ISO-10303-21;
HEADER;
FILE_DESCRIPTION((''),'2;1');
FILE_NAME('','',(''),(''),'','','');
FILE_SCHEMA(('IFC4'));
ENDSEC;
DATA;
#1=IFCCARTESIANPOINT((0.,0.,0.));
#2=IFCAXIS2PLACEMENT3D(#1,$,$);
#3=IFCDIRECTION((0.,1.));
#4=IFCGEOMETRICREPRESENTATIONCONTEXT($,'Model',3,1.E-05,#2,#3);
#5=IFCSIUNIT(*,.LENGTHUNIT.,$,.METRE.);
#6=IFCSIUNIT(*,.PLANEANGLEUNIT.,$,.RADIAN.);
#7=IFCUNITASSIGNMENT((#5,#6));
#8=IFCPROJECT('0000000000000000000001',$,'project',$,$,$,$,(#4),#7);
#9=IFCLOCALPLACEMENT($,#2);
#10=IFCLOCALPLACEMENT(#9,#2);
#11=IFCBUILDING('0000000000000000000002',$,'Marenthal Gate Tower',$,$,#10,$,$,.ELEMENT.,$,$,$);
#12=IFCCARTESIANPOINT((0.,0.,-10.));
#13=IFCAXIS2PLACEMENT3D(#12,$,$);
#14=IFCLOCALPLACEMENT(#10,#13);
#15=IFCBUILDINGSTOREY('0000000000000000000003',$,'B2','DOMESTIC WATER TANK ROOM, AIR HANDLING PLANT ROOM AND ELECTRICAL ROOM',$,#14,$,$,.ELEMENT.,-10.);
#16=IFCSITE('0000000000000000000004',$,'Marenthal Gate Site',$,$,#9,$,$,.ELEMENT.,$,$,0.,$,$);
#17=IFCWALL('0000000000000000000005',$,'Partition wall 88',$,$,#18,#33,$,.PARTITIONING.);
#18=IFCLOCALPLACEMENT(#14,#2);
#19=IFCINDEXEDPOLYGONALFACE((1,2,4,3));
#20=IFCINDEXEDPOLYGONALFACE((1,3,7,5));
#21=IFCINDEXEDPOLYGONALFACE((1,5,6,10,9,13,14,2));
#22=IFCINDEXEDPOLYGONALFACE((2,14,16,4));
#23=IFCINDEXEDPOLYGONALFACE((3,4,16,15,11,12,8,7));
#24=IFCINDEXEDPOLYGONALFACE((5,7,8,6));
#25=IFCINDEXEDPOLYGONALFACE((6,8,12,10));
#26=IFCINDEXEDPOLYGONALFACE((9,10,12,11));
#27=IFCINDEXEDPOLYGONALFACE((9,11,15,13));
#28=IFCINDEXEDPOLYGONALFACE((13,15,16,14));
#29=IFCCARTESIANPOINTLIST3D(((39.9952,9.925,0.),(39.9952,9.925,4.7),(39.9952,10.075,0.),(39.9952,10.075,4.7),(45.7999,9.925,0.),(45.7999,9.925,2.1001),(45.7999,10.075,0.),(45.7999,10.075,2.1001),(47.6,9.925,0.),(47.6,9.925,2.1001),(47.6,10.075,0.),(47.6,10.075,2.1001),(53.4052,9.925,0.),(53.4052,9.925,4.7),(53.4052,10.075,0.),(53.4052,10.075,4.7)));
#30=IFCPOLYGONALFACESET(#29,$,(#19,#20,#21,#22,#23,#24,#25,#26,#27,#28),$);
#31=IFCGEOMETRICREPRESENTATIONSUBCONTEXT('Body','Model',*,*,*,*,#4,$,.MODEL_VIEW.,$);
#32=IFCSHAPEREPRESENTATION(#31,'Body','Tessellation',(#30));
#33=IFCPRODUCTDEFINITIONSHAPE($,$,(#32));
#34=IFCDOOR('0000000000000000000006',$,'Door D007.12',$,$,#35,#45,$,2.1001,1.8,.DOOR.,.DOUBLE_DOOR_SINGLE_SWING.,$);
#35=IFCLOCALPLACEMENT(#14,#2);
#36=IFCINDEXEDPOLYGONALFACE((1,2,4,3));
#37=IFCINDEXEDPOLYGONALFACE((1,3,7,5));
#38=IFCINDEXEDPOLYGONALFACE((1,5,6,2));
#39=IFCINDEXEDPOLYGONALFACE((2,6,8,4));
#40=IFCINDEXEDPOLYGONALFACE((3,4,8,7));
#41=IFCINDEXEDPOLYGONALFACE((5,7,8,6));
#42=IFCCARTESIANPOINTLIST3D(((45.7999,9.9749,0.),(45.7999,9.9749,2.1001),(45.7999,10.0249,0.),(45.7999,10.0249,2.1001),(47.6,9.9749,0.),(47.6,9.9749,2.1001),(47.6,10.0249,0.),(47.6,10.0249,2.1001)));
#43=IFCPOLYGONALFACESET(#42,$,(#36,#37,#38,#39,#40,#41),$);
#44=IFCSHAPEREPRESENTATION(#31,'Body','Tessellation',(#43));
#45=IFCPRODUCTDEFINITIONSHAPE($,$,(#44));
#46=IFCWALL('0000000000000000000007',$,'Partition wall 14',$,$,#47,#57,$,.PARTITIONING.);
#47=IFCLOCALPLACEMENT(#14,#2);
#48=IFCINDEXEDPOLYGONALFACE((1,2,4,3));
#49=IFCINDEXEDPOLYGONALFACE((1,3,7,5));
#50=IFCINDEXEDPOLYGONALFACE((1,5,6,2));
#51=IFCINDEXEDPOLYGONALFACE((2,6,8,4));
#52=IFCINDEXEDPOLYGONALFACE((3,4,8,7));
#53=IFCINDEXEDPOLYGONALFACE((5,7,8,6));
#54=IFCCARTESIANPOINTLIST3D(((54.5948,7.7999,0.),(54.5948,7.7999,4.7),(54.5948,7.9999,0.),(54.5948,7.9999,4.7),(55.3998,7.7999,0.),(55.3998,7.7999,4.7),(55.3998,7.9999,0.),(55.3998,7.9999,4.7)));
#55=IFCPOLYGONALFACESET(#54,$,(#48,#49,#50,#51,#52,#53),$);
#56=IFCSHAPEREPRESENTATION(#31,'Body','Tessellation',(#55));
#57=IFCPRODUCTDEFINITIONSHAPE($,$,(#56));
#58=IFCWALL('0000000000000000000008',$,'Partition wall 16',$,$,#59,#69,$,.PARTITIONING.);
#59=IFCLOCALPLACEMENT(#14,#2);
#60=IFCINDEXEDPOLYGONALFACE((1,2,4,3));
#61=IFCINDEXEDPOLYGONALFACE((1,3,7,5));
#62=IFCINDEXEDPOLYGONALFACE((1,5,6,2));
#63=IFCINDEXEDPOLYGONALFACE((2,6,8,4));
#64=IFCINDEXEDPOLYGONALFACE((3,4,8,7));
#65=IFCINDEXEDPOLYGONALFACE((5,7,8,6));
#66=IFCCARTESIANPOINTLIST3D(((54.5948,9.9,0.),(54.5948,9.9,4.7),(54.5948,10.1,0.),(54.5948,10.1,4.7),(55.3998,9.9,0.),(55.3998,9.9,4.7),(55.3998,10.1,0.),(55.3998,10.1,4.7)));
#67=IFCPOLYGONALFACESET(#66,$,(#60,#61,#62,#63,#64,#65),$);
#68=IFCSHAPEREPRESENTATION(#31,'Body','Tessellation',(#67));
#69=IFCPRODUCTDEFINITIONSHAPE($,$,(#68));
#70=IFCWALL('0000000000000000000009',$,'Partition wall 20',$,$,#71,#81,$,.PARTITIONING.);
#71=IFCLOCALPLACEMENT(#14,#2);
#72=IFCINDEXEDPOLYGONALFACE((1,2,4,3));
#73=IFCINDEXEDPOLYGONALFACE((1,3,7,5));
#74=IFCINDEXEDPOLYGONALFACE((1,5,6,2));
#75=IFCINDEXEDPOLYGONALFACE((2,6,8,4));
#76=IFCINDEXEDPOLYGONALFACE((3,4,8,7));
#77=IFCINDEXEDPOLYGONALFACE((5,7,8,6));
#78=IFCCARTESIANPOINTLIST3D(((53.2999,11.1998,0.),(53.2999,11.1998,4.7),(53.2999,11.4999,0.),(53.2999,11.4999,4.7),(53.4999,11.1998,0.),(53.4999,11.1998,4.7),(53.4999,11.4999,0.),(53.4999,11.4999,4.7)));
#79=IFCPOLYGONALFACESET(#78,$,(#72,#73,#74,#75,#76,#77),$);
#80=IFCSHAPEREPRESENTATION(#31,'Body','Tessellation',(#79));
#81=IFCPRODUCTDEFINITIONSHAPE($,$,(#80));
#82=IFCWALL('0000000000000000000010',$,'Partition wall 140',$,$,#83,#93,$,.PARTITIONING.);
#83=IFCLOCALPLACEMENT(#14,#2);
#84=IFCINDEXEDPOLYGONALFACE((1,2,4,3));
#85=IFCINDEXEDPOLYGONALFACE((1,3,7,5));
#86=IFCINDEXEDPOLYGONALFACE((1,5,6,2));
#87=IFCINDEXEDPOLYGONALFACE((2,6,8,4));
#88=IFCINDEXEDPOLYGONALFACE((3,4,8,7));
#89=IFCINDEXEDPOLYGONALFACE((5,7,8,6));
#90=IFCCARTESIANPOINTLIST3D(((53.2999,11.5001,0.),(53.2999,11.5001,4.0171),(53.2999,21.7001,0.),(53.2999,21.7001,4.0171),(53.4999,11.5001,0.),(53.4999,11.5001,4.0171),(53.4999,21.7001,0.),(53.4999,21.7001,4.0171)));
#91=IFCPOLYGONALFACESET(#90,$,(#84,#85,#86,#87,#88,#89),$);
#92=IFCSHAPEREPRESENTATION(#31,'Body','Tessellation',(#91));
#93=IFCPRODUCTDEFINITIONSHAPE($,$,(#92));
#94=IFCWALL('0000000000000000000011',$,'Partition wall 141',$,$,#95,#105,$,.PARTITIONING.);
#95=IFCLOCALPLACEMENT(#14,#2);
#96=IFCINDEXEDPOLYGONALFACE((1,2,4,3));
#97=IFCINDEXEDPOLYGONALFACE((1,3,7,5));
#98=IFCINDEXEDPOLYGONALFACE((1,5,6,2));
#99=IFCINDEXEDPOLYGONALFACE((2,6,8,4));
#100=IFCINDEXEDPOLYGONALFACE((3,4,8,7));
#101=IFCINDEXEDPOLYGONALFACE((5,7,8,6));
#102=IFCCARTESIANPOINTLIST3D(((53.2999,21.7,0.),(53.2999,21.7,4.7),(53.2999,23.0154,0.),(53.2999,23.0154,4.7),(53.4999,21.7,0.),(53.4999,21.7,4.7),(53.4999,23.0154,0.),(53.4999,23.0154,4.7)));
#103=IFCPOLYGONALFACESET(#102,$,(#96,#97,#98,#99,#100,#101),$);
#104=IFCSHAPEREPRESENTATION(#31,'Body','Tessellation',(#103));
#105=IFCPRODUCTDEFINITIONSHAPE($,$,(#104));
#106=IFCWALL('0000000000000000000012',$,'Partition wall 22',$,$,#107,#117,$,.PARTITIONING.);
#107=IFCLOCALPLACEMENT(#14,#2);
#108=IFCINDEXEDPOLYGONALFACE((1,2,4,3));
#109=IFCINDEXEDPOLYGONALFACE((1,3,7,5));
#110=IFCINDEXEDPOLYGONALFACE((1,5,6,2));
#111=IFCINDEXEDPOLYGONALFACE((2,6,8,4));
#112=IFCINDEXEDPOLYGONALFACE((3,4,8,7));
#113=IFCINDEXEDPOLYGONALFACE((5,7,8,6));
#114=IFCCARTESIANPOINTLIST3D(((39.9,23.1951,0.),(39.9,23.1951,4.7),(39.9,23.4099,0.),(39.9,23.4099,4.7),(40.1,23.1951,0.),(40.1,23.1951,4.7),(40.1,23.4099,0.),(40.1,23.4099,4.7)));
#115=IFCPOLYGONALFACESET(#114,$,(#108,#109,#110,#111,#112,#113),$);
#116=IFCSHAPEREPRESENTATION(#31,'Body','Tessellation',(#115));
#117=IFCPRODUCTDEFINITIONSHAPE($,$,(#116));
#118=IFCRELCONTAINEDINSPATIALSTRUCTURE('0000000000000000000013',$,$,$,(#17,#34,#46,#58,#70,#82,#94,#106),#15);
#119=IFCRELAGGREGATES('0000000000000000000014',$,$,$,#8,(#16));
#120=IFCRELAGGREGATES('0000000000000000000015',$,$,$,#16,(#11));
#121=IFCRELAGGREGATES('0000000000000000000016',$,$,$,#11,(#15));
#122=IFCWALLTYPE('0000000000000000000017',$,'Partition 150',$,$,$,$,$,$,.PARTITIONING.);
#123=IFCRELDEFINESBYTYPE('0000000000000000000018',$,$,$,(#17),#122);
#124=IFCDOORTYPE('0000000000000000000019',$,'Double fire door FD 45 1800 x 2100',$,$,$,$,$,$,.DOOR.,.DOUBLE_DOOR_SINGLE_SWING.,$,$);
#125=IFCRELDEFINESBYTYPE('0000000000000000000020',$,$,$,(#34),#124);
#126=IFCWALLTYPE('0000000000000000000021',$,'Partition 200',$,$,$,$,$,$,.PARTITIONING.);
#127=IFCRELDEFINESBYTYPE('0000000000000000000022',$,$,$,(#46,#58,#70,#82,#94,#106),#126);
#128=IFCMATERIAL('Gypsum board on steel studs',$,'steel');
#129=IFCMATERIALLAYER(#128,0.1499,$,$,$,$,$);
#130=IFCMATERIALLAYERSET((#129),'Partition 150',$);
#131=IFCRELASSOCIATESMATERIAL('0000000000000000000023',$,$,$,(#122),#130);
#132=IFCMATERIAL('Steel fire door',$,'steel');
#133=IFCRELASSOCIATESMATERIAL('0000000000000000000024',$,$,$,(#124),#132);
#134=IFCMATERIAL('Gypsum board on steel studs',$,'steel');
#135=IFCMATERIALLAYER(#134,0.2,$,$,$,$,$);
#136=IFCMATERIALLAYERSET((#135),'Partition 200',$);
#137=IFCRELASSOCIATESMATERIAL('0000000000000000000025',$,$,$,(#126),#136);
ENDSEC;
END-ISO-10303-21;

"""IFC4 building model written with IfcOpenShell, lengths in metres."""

from ifc_helpers import new_model, si_unit, direction, frame, frame_2d, origin, place, context, subcontext, project, spatial, rectangle, extrude, material, layer, layer_set, type_object, element, fill, save


model = new_model("IFC4")

# Units and contexts
model_context = context("Model", 3, precision=1e-05, world=origin(), true_north=direction((0.0, 1.0)))
body_context = subcontext(model_context, "Body", "Model", "MODEL_VIEW")
ifc_project = project(units=[si_unit("LENGTHUNIT", "METRE"), si_unit("PLANEANGLEUNIT", "RADIAN")], contexts=[model_context])

# Site, building, storey
site_placement = place(None, origin())
site = spatial("IfcSite", under=ifc_project, at=site_placement, Name="Marenthal Gate Site", CompositionType="ELEMENT", RefElevation=0.0)
building_placement = place(site_placement, origin())
building = spatial("IfcBuilding", under=site, at=building_placement, Name="Marenthal Gate Tower", CompositionType="ELEMENT")
storey_placement = place(building_placement, frame((0.0, 0.0, -10.0)))
storey = spatial("IfcBuildingStorey", under=building, at=storey_placement, Name="B2", Description="DOMESTIC WATER TANK ROOM, AIR HANDLING PLANT ROOM AND ELECTRICAL ROOM", CompositionType="ELEMENT", Elevation=-10.0)

# Shared definitions
ifc_material_1 = material(Name="Gypsum board on steel studs", Category="steel")
ifc_layer_1 = layer(ifc_material_1, 0.1499)
ifc_layer_set_1 = layer_set([ifc_layer_1], Name="Partition 150")
wall_type_1 = type_object("IfcWallType", Name="Partition 150", PredefinedType="PARTITIONING", material=ifc_layer_set_1)

# Wall, opening, door
wall_1_placement = place(storey_placement, frame((39.9951, 10.0, 0.0), z_axis=(0.0, 0.0, 1.0), x_axis=(1.0, 0.0, 0.0)))
wall_1 = element("IfcWall", 1, at=wall_1_placement, inside=storey, type_object=wall_type_1, Name="Partition wall 88", PredefinedType="PARTITIONING", context=body_context, shape_type="SweptSolid", body=[
    extrude(rectangle(XDim=13.4099, YDim=0.1499, at=frame_2d((6.7051, 0.0))), origin(), (0.0, 0.0, 1.0), 4.7),
])
opening_placement = place(wall_1_placement, frame((5.8049, 0.0, 0.0)))
opening = element("IfcOpeningElement", 2, at=opening_placement, cuts=wall_1, PredefinedType="OPENING", context=body_context, shape_type="SweptSolid", body=[
    extrude(rectangle(XDim=1.8, YDim=2.1001, at=frame_2d((0.8999, 1.05))), frame((0.0, 0.085, 0.0), z_axis=(0.0, -1.0, 0.0), x_axis=(1.0, 0.0, 0.0)), (0.0, 0.0, 1.0), 0.1699),
])
ifc_material_2 = material(Name="Steel fire door", Category="steel")
door_type = type_object("IfcDoorType", Name="Double fire door FD 45 1800 x 2100", OperationType="DOUBLE_DOOR_SINGLE_SWING", PredefinedType="DOOR", material=ifc_material_2)
door_placement = place(opening_placement, origin())
door = element("IfcDoor", 3, at=door_placement, inside=storey, type_object=door_type, Name="Door D007.12", OperationType="DOUBLE_DOOR_SINGLE_SWING", OverallHeight=2.1001, OverallWidth=1.8, PredefinedType="DOOR", context=body_context, shape_type="SweptSolid", body=[
    extrude(rectangle(XDim=1.8, YDim=2.1001, at=frame_2d((0.8999, 1.05))), frame((0.0, 0.0249, 0.0), z_axis=(0.0, -1.0, 0.0), x_axis=(1.0, 0.0, 0.0)), (0.0, 0.0, 1.0), 0.05),
])
fill(opening, door)

# Walls
ifc_material_3 = material(Name="Gypsum board on steel studs", Category="steel")
ifc_layer_2 = layer(ifc_material_3, 0.2)
ifc_layer_set_2 = layer_set([ifc_layer_2], Name="Partition 200")
wall_type_2 = type_object("IfcWallType", Name="Partition 200", PredefinedType="PARTITIONING", material=ifc_layer_set_2)
for number, where, z_axis, x_axis, name in (
    (4, (54.595, 7.8999, 0.0), (0.0, 0.0, 1.0), (1.0, 0.0, 0.0), "Partition wall 14"),
    (5, (54.595, 10.0, 0.0), (0.0, 0.0, 1.0), (1.0, 0.0, 0.0), "Partition wall 16"),
):
    element("IfcWall", number, at=place(storey_placement, frame(where, z_axis=z_axis, x_axis=x_axis)), inside=storey, type_object=wall_type_2, Name=name, PredefinedType="PARTITIONING", context=body_context, shape_type="SweptSolid", body=[
        extrude(rectangle(XDim=0.8049, YDim=0.2, at=frame_2d((0.4023, 0.0))), origin(), (0.0, 0.0, 1.0), 4.7),
    ])
wall_2_placement = place(storey_placement, frame((53.3999, 11.2, 0.0), z_axis=(0.0, 0.0, 1.0), x_axis=(0.0, 1.0, 0.0)))
element("IfcWall", 6, at=wall_2_placement, inside=storey, type_object=wall_type_2, Name="Partition wall 20", PredefinedType="PARTITIONING", context=body_context, shape_type="SweptSolid", body=[
    extrude(rectangle(XDim=0.3, YDim=0.2, at=frame_2d((0.1499, 0.0))), origin(), (0.0, 0.0, 1.0), 4.7),
])
wall_3_placement = place(storey_placement, frame((53.3999, 11.5, 0.0), z_axis=(0.0, 0.0, 1.0), x_axis=(0.0, 1.0, 0.0)))
element("IfcWall", 7, at=wall_3_placement, inside=storey, type_object=wall_type_2, Name="Partition wall 140", PredefinedType="PARTITIONING", context=body_context, shape_type="SweptSolid", body=[
    extrude(rectangle(XDim=10.2, YDim=0.2, at=frame_2d((5.1001, 0.0))), origin(), (0.0, 0.0, 1.0), 4.0171),
])
wall_4_placement = place(storey_placement, frame((53.3999, 21.7, 0.0), z_axis=(0.0, 0.0, 1.0), x_axis=(0.0, 1.0, 0.0)))
element("IfcWall", 8, at=wall_4_placement, inside=storey, type_object=wall_type_2, Name="Partition wall 141", PredefinedType="PARTITIONING", context=body_context, shape_type="SweptSolid", body=[
    extrude(rectangle(XDim=1.3154, YDim=0.2, at=frame_2d((0.6577, 0.0))), origin(), (0.0, 0.0, 1.0), 4.7),
])
wall_5_placement = place(storey_placement, frame((40.0, 23.1951, 0.0), z_axis=(0.0, 0.0, 1.0), x_axis=(0.0, 1.0, 0.0)))
element("IfcWall", 9, at=wall_5_placement, inside=storey, type_object=wall_type_2, Name="Partition wall 22", PredefinedType="PARTITIONING", context=body_context, shape_type="SweptSolid", body=[
    extrude(rectangle(XDim=0.2148, YDim=0.2, at=frame_2d((0.1074, 0.0))), origin(), (0.0, 0.0, 1.0), 4.7),
])

save(model, "model.ifc")
